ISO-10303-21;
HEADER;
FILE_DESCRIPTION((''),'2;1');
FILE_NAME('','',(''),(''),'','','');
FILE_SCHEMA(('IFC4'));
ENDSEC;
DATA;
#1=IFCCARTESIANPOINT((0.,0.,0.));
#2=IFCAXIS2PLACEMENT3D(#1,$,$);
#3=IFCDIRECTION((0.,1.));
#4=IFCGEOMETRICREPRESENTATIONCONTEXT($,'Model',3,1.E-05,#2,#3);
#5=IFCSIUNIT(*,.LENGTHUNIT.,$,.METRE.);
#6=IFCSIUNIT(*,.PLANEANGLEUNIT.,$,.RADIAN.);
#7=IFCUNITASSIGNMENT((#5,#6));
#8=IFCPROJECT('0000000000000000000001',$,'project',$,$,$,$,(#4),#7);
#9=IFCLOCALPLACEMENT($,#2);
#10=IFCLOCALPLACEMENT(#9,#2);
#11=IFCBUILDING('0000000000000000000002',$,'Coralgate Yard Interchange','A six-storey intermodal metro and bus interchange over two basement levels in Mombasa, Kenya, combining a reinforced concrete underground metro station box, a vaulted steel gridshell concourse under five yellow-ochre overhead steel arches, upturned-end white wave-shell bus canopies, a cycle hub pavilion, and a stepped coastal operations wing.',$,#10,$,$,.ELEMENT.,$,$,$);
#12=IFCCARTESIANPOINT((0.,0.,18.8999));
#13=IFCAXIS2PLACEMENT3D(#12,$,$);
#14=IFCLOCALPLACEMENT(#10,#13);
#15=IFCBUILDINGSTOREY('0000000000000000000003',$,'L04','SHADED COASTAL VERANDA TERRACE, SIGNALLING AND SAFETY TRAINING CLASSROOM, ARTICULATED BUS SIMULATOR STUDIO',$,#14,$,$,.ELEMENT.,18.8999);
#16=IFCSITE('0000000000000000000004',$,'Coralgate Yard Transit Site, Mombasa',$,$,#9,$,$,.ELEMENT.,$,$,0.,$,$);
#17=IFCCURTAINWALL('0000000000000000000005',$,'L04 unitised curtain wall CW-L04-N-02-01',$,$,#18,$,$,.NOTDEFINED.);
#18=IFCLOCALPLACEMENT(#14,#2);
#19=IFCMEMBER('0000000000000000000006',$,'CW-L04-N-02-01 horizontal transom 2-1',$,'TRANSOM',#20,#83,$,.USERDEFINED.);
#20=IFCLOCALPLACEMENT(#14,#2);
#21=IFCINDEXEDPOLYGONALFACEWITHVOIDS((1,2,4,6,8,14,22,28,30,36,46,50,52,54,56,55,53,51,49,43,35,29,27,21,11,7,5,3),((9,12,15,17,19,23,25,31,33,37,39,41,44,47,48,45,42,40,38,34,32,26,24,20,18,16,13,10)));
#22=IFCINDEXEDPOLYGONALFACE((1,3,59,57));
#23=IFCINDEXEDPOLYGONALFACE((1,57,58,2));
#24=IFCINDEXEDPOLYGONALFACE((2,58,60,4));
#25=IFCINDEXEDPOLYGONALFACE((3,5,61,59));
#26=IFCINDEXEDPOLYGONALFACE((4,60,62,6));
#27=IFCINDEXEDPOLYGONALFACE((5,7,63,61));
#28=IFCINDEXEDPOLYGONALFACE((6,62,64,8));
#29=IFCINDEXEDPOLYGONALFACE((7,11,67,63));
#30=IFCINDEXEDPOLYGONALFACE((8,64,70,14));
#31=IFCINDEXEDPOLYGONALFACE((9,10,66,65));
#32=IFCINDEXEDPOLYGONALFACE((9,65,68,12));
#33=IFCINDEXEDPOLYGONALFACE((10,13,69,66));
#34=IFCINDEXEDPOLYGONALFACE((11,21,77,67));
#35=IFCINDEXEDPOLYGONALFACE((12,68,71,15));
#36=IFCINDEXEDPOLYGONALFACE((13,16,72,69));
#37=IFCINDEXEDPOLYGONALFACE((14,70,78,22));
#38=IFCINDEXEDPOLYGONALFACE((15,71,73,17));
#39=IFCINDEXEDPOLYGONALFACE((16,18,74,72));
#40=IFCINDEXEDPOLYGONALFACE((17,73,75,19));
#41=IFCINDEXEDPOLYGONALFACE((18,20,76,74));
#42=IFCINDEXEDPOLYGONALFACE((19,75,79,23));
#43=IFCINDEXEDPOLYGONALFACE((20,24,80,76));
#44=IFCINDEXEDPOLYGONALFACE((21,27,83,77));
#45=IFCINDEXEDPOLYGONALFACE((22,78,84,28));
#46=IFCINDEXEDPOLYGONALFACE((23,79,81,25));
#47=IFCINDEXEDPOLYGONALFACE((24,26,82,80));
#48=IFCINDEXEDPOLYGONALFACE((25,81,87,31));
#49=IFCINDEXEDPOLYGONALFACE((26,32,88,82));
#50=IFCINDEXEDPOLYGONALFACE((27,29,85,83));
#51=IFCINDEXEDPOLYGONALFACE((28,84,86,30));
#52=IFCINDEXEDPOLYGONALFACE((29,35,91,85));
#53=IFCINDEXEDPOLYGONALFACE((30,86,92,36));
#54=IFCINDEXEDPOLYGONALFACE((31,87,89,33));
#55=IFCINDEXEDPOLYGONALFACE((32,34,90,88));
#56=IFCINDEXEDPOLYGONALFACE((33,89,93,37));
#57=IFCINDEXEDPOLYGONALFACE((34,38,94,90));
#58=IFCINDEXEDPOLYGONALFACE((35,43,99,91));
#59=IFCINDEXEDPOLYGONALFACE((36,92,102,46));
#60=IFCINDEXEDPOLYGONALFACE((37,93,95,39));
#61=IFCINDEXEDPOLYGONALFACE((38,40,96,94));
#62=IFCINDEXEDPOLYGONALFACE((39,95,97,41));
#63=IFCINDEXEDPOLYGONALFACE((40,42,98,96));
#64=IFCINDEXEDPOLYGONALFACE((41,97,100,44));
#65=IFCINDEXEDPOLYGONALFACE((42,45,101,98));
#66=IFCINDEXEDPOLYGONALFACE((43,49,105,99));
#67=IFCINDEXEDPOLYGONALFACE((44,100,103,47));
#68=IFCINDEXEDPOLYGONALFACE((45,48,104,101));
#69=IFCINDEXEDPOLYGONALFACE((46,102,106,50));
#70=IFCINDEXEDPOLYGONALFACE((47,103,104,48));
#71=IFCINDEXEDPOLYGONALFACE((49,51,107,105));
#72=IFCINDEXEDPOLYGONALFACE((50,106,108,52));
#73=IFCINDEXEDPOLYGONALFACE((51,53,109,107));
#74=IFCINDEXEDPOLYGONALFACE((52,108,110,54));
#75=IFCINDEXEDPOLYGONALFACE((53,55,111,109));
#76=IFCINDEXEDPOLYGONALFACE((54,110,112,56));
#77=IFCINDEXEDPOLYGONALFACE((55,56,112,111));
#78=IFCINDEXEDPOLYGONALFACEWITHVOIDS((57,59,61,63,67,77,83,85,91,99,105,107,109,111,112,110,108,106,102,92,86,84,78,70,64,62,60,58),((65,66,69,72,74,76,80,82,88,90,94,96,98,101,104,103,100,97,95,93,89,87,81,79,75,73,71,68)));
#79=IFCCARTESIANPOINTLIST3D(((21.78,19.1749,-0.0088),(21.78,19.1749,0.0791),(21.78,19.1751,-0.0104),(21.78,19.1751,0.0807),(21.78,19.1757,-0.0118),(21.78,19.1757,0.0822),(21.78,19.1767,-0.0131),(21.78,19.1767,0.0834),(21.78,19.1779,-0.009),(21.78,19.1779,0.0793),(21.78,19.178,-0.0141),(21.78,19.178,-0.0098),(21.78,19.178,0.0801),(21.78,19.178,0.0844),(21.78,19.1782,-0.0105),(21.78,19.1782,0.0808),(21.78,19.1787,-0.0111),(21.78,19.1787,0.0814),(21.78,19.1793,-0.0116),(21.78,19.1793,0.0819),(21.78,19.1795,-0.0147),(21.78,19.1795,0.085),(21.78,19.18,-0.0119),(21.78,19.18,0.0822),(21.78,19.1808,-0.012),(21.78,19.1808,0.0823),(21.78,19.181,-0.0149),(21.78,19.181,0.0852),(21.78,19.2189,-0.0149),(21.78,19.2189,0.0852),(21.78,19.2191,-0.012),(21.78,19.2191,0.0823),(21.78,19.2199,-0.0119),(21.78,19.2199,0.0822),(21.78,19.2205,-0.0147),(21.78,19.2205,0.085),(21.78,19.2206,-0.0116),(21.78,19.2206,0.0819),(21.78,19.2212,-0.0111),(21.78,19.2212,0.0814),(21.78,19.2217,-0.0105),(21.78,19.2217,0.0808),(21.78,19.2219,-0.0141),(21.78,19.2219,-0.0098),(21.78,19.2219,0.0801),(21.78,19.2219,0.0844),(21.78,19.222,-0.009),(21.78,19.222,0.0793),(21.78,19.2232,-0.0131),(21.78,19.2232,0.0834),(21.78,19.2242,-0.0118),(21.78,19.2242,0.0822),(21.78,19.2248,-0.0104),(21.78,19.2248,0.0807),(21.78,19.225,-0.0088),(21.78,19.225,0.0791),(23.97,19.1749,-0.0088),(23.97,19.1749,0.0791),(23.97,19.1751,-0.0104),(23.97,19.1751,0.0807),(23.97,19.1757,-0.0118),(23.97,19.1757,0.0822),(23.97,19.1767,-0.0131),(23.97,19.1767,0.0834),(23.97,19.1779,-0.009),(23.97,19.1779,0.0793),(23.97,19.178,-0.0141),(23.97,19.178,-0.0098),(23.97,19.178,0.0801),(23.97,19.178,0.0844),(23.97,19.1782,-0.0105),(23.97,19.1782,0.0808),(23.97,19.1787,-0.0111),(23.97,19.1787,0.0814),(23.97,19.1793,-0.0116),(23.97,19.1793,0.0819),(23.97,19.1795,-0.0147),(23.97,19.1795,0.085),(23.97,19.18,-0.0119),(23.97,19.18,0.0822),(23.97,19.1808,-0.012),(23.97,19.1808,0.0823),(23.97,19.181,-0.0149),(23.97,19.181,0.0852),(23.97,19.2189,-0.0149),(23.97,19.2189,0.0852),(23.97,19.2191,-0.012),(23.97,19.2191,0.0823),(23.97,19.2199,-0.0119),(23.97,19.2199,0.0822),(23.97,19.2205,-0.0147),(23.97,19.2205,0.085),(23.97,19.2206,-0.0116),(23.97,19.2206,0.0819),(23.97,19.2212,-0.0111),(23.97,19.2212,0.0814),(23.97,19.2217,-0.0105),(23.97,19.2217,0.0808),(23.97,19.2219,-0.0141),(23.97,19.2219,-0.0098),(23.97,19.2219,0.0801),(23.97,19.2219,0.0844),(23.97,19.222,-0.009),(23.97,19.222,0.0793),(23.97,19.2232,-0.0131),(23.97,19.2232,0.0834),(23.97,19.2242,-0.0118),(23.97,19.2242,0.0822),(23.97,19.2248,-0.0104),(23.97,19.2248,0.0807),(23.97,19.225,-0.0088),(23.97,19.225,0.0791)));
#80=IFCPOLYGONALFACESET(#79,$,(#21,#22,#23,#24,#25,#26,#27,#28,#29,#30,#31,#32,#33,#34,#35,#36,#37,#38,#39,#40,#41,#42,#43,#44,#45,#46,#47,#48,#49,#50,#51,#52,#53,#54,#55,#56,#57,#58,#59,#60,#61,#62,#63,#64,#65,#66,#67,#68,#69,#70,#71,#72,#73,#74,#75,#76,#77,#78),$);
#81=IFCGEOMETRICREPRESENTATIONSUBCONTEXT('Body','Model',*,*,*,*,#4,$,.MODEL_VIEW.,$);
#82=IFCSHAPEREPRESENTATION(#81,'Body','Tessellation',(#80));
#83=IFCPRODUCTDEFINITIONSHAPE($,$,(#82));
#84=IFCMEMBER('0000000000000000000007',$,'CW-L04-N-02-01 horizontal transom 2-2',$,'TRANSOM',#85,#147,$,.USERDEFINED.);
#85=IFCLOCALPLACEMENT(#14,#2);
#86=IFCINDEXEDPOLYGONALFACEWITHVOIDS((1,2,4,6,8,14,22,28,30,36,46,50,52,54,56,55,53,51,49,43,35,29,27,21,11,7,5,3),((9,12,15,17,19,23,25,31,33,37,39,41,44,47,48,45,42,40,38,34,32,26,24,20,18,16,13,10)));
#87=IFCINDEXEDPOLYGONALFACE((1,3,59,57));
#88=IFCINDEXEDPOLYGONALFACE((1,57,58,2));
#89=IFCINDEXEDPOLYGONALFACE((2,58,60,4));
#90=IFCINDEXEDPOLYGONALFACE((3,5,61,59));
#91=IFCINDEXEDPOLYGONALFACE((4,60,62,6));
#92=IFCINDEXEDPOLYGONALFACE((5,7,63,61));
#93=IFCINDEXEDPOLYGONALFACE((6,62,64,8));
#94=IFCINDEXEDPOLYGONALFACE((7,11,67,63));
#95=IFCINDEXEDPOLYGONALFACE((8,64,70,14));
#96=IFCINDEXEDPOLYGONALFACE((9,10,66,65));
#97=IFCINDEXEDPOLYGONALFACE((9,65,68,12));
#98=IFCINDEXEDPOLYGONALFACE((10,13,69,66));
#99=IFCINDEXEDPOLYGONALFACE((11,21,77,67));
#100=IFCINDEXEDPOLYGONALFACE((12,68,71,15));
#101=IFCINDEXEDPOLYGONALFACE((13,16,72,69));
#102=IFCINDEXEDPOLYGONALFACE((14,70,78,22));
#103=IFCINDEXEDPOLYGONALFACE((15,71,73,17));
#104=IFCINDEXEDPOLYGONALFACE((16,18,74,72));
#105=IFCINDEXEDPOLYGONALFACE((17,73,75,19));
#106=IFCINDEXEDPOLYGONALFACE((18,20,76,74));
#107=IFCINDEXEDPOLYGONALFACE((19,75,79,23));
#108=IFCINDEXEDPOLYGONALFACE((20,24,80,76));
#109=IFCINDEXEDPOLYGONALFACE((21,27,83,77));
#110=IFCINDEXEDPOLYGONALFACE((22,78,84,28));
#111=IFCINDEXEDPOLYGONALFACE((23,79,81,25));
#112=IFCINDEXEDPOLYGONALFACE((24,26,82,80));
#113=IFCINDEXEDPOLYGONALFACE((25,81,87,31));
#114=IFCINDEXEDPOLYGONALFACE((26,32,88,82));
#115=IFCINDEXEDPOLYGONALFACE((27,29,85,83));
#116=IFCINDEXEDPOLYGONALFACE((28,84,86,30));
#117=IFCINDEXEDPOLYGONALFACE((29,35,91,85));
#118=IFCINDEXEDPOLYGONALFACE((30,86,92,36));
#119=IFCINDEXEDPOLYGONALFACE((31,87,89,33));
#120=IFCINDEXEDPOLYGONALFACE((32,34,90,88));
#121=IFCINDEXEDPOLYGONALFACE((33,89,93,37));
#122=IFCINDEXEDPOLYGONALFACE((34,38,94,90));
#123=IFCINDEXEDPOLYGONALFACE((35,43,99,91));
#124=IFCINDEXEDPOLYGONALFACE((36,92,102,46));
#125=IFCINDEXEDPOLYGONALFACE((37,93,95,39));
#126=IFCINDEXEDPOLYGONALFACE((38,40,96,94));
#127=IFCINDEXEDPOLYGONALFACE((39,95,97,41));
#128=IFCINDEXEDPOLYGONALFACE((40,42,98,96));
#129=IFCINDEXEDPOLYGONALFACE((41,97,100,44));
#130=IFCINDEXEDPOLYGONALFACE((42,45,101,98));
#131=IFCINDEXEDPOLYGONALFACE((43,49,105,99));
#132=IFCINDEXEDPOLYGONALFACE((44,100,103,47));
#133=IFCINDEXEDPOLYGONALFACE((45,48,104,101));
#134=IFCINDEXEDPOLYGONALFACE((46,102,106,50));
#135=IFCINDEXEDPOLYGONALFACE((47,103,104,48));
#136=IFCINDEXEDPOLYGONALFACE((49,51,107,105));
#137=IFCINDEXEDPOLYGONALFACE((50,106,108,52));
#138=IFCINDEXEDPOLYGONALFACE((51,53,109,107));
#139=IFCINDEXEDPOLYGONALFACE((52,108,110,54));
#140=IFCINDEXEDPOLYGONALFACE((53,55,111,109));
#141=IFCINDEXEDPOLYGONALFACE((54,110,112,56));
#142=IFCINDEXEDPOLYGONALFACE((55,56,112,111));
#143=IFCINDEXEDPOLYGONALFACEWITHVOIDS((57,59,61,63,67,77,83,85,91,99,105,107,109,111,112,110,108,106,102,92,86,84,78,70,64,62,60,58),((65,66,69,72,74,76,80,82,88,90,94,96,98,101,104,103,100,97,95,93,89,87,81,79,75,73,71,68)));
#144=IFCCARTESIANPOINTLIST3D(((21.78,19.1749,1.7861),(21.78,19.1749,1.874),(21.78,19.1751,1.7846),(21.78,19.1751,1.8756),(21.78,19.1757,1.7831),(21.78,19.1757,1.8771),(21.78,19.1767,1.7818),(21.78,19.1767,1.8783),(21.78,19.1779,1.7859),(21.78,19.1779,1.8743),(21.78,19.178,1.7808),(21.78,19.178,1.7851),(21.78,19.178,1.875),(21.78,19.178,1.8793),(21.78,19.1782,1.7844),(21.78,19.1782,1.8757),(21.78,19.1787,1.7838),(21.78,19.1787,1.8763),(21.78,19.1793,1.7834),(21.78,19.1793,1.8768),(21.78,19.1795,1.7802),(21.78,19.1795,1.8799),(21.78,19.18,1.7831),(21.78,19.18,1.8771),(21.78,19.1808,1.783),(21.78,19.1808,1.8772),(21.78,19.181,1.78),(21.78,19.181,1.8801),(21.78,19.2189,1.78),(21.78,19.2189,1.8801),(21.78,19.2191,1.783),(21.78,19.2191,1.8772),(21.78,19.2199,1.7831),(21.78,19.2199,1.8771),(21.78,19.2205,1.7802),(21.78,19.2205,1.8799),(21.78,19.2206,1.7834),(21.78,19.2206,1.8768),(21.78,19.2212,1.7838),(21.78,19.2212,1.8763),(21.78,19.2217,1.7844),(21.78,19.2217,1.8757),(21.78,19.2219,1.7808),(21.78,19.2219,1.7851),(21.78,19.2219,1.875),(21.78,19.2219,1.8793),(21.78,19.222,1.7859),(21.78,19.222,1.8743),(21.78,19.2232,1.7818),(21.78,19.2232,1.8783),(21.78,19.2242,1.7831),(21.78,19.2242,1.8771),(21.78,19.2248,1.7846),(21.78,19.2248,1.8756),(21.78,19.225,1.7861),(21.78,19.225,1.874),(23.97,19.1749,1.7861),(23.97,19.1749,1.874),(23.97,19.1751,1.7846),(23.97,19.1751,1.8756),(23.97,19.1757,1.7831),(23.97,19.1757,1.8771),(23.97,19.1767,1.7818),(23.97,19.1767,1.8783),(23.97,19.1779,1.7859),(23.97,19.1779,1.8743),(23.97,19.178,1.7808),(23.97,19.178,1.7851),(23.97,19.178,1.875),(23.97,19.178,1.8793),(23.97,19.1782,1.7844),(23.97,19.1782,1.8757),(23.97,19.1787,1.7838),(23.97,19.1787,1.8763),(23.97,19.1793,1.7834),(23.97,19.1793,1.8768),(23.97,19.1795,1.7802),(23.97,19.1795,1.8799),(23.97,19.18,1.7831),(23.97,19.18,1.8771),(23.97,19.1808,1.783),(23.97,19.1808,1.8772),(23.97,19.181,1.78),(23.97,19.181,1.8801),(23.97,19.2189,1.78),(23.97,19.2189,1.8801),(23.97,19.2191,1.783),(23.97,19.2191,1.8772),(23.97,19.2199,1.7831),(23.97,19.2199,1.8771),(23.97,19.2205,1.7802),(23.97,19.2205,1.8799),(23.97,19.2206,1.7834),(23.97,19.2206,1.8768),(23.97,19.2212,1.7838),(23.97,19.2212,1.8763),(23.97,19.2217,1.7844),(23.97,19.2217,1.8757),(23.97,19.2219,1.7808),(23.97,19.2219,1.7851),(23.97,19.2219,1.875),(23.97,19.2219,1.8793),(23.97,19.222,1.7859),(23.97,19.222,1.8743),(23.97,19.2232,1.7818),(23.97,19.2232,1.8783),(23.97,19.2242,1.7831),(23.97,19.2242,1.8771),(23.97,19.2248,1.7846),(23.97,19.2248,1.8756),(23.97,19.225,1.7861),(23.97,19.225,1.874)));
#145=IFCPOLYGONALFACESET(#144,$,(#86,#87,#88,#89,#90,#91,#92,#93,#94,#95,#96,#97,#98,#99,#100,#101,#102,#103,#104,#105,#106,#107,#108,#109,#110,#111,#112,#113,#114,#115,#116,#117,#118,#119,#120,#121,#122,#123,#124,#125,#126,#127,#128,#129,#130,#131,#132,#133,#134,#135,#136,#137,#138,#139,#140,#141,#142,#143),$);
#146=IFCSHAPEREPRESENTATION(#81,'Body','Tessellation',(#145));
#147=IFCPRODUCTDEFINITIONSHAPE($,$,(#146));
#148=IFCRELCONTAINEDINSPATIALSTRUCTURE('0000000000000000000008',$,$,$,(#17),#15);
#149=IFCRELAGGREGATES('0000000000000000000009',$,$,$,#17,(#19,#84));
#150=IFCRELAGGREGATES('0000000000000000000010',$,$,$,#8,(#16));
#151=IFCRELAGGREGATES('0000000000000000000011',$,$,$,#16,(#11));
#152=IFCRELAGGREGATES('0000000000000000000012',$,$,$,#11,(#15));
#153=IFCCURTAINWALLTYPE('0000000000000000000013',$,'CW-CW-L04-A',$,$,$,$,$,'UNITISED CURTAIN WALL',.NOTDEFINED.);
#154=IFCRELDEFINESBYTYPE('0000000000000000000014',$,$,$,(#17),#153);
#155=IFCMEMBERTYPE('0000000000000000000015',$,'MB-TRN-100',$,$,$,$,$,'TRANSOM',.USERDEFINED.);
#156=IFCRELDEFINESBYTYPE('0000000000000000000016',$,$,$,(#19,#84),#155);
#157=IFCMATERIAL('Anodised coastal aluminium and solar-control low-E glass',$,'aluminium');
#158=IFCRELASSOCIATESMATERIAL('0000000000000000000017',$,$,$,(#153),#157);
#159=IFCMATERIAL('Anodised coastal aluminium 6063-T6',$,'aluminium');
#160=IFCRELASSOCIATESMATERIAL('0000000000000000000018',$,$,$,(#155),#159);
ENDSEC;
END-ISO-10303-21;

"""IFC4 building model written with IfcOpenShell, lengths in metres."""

from ifc_helpers import new_model, si_unit, direction, frame, origin, origin_2d, place, context, subcontext, project, spatial, hollow_rectangle, extrude, material, material_profile, profile_set, type_object, element, aggregate, save


model = new_model("IFC4")

# Units and contexts
model_context = context("Model", 3, precision=1e-05, world=origin(), true_north=direction((0.0, 1.0)))
body_context = subcontext(model_context, "Body", "Model", "MODEL_VIEW")
ifc_project = project(units=[si_unit("LENGTHUNIT", "METRE"), si_unit("PLANEANGLEUNIT", "RADIAN")], contexts=[model_context])

# Site, building, storey
site_placement = place(None, origin())
site = spatial("IfcSite", under=ifc_project, at=site_placement, Name="Coralgate Yard Transit Site, Mombasa", CompositionType="ELEMENT", RefElevation=0.0)
building_placement = place(site_placement, origin())
building = spatial("IfcBuilding", under=site, at=building_placement, Name="Coralgate Yard Interchange", Description="A six-storey intermodal metro and bus interchange over two basement levels in Mombasa, Kenya, combining a reinforced concrete underground metro station box, a vaulted steel gridshell concourse under five yellow-ochre overhead steel arches, upturned-end white wave-shell bus canopies, a cycle hub pavilion, and a stepped coastal operations wing.", CompositionType="ELEMENT")
storey_placement = place(building_placement, frame((0.0, 0.0, 18.8999)))
storey = spatial("IfcBuildingStorey", under=building, at=storey_placement, Name="L04", Description="SHADED COASTAL VERANDA TERRACE, SIGNALLING AND SAFETY TRAINING CLASSROOM, ARTICULATED BUS SIMULATOR STUDIO", CompositionType="ELEMENT", Elevation=18.8999)

# Curtain wall, members
ifc_material_1 = material(Name="Anodised coastal aluminium and solar-control low-E glass", Category="aluminium")
curtain_wall_type = type_object("IfcCurtainWallType", Name="CW-CW-L04-A", ElementType="UNITISED CURTAIN WALL", PredefinedType="NOTDEFINED", material=ifc_material_1)
curtain_wall_placement = place(storey_placement, origin())
curtain_wall = element("IfcCurtainWall", 1, at=curtain_wall_placement, inside=storey, type_object=curtain_wall_type, Name="L04 unitised curtain wall CW-L04-N-02-01", PredefinedType="NOTDEFINED")
ifc_material_2 = material(Name="Anodised coastal aluminium 6063-T6", Category="aluminium")
ifc_material_profile_1 = material_profile(ifc_material_2, hollow_rectangle(XDim=0.05, YDim=0.1001, WallThickness=0.0029, InnerFilletRadius=0.0029, OuterFilletRadius=0.0061, at=origin_2d()), Name="ALU 50x100x3")
ifc_profile_set_1 = profile_set([ifc_material_profile_1], Name="Anodised coastal aluminium 6063-T6")
member_type_1 = type_object("IfcMemberType", Name="MB-TRN-100", ElementType="TRANSOM", PredefinedType="USERDEFINED", material=ifc_profile_set_1)
member_1_placement = place(storey_placement, frame((21.78, 19.2, 0.0352), z_axis=(1.0, 0.0, 0.0), x_axis=(0.0, 1.0, 0.0)))
member_1 = element("IfcMember", 2, at=member_1_placement, type_object=member_type_1, Name="CW-L04-N-02-01 horizontal transom 2-1", ObjectType="TRANSOM", PredefinedType="USERDEFINED", context=body_context, shape_type="SweptSolid", body=[
    extrude(hollow_rectangle(XDim=0.05, YDim=0.1001, WallThickness=0.0029, InnerFilletRadius=0.0029, OuterFilletRadius=0.0061, at=origin_2d()), origin(), (0.0, 0.0, 1.0), 2.1899),
])
member_2_placement = place(storey_placement, frame((21.78, 19.2, 1.8301), z_axis=(1.0, 0.0, 0.0), x_axis=(0.0, 1.0, 0.0)))
member_2 = element("IfcMember", 3, at=member_2_placement, type_object=member_type_1, Name="CW-L04-N-02-01 horizontal transom 2-2", ObjectType="TRANSOM", PredefinedType="USERDEFINED", context=body_context, shape_type="SweptSolid", body=[
    extrude(hollow_rectangle(XDim=0.05, YDim=0.1001, WallThickness=0.0029, InnerFilletRadius=0.0029, OuterFilletRadius=0.0061, at=origin_2d()), origin(), (0.0, 0.0, 1.0), 2.1899),
])
aggregate(curtain_wall, [member_1, member_2])

save(model, "model.ifc")
